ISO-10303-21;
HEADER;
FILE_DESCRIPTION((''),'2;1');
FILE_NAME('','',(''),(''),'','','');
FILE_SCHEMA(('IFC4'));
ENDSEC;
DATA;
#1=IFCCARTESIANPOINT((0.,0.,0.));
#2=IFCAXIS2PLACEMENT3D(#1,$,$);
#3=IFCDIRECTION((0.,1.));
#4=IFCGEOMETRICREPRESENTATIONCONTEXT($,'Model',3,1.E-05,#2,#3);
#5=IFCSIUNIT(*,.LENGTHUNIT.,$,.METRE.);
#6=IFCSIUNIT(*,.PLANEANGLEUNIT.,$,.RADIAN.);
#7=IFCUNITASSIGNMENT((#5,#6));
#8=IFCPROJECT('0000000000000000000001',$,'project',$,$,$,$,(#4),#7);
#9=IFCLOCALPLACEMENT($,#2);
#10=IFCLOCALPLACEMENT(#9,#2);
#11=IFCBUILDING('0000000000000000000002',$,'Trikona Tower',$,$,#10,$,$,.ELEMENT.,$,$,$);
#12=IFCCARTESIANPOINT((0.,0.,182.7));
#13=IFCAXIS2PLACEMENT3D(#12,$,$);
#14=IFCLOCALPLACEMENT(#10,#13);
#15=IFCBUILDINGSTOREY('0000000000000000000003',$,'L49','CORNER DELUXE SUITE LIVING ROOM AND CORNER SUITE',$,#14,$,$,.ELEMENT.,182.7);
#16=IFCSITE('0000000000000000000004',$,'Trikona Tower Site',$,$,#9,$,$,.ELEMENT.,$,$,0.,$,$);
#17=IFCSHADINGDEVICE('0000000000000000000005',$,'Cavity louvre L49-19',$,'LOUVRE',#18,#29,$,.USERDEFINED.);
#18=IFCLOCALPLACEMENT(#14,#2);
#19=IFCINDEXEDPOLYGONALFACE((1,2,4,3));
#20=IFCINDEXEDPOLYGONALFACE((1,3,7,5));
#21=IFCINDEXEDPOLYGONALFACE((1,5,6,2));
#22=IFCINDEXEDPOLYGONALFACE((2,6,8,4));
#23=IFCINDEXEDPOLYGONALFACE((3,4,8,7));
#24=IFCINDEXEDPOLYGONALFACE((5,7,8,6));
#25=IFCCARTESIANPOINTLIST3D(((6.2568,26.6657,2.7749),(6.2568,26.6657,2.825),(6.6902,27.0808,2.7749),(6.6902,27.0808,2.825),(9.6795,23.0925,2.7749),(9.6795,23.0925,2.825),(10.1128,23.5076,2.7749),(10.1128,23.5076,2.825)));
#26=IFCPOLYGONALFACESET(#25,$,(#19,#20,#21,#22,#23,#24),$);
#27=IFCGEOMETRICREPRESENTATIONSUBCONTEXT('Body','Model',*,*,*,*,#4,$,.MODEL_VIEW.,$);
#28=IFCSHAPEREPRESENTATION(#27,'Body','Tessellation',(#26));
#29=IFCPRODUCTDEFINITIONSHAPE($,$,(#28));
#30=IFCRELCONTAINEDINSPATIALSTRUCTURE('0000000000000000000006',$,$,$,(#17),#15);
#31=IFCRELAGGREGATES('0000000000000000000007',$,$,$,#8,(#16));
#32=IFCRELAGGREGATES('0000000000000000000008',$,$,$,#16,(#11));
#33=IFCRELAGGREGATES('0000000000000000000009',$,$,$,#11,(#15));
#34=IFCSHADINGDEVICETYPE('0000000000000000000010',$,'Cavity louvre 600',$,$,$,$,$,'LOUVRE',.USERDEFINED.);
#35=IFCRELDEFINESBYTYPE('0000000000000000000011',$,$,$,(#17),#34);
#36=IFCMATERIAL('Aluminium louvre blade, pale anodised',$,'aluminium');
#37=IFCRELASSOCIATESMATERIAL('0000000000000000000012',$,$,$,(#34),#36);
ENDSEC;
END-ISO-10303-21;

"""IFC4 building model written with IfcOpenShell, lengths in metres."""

from ifc_helpers import new_model, si_unit, direction, frame, origin, origin_2d, place, context, subcontext, project, spatial, rectangle, extrude, material, type_object, element, save


model = new_model("IFC4")

# Units and contexts
model_context = context("Model", 3, precision=1e-05, world=origin(), true_north=direction((0.0, 1.0)))
body_context = subcontext(model_context, "Body", "Model", "MODEL_VIEW")
ifc_project = project(units=[si_unit("LENGTHUNIT", "METRE"), si_unit("PLANEANGLEUNIT", "RADIAN")], contexts=[model_context])

# Site, building, storey
site_placement = place(None, origin())
site = spatial("IfcSite", under=ifc_project, at=site_placement, Name="Trikona Tower Site", CompositionType="ELEMENT", RefElevation=0.0)
building_placement = place(site_placement, origin())
building = spatial("IfcBuilding", under=site, at=building_placement, Name="Trikona Tower", CompositionType="ELEMENT")
storey_placement = place(building_placement, frame((0.0, 0.0, 182.7)))
storey = spatial("IfcBuildingStorey", under=building, at=storey_placement, Name="L49", Description="CORNER DELUXE SUITE LIVING ROOM AND CORNER SUITE", CompositionType="ELEMENT", Elevation=182.7)

# Shading device
ifc_material_1 = material(Name="Aluminium louvre blade, pale anodised", Category="aluminium")
shading_device_type = type_object("IfcShadingDeviceType", Name="Cavity louvre 600", ElementType="LOUVRE", PredefinedType="USERDEFINED", material=ifc_material_1)
shading_device_placement = place(storey_placement, frame((8.1848, 25.0867, 2.7749), z_axis=(0.0, 0.0, 1.0), x_axis=(-0.691724, 0.722162, 0.0)))
element("IfcShadingDevice", 1, at=shading_device_placement, inside=storey, type_object=shading_device_type, Name="Cavity louvre L49-19", ObjectType="LOUVRE", PredefinedType="USERDEFINED", context=body_context, shape_type="SweptSolid", body=[
    extrude(rectangle(XDim=4.948, YDim=0.6001, at=origin_2d()), origin(), (0.0, 0.0, 1.0), 0.05),
])

save(model, "model.ifc")
